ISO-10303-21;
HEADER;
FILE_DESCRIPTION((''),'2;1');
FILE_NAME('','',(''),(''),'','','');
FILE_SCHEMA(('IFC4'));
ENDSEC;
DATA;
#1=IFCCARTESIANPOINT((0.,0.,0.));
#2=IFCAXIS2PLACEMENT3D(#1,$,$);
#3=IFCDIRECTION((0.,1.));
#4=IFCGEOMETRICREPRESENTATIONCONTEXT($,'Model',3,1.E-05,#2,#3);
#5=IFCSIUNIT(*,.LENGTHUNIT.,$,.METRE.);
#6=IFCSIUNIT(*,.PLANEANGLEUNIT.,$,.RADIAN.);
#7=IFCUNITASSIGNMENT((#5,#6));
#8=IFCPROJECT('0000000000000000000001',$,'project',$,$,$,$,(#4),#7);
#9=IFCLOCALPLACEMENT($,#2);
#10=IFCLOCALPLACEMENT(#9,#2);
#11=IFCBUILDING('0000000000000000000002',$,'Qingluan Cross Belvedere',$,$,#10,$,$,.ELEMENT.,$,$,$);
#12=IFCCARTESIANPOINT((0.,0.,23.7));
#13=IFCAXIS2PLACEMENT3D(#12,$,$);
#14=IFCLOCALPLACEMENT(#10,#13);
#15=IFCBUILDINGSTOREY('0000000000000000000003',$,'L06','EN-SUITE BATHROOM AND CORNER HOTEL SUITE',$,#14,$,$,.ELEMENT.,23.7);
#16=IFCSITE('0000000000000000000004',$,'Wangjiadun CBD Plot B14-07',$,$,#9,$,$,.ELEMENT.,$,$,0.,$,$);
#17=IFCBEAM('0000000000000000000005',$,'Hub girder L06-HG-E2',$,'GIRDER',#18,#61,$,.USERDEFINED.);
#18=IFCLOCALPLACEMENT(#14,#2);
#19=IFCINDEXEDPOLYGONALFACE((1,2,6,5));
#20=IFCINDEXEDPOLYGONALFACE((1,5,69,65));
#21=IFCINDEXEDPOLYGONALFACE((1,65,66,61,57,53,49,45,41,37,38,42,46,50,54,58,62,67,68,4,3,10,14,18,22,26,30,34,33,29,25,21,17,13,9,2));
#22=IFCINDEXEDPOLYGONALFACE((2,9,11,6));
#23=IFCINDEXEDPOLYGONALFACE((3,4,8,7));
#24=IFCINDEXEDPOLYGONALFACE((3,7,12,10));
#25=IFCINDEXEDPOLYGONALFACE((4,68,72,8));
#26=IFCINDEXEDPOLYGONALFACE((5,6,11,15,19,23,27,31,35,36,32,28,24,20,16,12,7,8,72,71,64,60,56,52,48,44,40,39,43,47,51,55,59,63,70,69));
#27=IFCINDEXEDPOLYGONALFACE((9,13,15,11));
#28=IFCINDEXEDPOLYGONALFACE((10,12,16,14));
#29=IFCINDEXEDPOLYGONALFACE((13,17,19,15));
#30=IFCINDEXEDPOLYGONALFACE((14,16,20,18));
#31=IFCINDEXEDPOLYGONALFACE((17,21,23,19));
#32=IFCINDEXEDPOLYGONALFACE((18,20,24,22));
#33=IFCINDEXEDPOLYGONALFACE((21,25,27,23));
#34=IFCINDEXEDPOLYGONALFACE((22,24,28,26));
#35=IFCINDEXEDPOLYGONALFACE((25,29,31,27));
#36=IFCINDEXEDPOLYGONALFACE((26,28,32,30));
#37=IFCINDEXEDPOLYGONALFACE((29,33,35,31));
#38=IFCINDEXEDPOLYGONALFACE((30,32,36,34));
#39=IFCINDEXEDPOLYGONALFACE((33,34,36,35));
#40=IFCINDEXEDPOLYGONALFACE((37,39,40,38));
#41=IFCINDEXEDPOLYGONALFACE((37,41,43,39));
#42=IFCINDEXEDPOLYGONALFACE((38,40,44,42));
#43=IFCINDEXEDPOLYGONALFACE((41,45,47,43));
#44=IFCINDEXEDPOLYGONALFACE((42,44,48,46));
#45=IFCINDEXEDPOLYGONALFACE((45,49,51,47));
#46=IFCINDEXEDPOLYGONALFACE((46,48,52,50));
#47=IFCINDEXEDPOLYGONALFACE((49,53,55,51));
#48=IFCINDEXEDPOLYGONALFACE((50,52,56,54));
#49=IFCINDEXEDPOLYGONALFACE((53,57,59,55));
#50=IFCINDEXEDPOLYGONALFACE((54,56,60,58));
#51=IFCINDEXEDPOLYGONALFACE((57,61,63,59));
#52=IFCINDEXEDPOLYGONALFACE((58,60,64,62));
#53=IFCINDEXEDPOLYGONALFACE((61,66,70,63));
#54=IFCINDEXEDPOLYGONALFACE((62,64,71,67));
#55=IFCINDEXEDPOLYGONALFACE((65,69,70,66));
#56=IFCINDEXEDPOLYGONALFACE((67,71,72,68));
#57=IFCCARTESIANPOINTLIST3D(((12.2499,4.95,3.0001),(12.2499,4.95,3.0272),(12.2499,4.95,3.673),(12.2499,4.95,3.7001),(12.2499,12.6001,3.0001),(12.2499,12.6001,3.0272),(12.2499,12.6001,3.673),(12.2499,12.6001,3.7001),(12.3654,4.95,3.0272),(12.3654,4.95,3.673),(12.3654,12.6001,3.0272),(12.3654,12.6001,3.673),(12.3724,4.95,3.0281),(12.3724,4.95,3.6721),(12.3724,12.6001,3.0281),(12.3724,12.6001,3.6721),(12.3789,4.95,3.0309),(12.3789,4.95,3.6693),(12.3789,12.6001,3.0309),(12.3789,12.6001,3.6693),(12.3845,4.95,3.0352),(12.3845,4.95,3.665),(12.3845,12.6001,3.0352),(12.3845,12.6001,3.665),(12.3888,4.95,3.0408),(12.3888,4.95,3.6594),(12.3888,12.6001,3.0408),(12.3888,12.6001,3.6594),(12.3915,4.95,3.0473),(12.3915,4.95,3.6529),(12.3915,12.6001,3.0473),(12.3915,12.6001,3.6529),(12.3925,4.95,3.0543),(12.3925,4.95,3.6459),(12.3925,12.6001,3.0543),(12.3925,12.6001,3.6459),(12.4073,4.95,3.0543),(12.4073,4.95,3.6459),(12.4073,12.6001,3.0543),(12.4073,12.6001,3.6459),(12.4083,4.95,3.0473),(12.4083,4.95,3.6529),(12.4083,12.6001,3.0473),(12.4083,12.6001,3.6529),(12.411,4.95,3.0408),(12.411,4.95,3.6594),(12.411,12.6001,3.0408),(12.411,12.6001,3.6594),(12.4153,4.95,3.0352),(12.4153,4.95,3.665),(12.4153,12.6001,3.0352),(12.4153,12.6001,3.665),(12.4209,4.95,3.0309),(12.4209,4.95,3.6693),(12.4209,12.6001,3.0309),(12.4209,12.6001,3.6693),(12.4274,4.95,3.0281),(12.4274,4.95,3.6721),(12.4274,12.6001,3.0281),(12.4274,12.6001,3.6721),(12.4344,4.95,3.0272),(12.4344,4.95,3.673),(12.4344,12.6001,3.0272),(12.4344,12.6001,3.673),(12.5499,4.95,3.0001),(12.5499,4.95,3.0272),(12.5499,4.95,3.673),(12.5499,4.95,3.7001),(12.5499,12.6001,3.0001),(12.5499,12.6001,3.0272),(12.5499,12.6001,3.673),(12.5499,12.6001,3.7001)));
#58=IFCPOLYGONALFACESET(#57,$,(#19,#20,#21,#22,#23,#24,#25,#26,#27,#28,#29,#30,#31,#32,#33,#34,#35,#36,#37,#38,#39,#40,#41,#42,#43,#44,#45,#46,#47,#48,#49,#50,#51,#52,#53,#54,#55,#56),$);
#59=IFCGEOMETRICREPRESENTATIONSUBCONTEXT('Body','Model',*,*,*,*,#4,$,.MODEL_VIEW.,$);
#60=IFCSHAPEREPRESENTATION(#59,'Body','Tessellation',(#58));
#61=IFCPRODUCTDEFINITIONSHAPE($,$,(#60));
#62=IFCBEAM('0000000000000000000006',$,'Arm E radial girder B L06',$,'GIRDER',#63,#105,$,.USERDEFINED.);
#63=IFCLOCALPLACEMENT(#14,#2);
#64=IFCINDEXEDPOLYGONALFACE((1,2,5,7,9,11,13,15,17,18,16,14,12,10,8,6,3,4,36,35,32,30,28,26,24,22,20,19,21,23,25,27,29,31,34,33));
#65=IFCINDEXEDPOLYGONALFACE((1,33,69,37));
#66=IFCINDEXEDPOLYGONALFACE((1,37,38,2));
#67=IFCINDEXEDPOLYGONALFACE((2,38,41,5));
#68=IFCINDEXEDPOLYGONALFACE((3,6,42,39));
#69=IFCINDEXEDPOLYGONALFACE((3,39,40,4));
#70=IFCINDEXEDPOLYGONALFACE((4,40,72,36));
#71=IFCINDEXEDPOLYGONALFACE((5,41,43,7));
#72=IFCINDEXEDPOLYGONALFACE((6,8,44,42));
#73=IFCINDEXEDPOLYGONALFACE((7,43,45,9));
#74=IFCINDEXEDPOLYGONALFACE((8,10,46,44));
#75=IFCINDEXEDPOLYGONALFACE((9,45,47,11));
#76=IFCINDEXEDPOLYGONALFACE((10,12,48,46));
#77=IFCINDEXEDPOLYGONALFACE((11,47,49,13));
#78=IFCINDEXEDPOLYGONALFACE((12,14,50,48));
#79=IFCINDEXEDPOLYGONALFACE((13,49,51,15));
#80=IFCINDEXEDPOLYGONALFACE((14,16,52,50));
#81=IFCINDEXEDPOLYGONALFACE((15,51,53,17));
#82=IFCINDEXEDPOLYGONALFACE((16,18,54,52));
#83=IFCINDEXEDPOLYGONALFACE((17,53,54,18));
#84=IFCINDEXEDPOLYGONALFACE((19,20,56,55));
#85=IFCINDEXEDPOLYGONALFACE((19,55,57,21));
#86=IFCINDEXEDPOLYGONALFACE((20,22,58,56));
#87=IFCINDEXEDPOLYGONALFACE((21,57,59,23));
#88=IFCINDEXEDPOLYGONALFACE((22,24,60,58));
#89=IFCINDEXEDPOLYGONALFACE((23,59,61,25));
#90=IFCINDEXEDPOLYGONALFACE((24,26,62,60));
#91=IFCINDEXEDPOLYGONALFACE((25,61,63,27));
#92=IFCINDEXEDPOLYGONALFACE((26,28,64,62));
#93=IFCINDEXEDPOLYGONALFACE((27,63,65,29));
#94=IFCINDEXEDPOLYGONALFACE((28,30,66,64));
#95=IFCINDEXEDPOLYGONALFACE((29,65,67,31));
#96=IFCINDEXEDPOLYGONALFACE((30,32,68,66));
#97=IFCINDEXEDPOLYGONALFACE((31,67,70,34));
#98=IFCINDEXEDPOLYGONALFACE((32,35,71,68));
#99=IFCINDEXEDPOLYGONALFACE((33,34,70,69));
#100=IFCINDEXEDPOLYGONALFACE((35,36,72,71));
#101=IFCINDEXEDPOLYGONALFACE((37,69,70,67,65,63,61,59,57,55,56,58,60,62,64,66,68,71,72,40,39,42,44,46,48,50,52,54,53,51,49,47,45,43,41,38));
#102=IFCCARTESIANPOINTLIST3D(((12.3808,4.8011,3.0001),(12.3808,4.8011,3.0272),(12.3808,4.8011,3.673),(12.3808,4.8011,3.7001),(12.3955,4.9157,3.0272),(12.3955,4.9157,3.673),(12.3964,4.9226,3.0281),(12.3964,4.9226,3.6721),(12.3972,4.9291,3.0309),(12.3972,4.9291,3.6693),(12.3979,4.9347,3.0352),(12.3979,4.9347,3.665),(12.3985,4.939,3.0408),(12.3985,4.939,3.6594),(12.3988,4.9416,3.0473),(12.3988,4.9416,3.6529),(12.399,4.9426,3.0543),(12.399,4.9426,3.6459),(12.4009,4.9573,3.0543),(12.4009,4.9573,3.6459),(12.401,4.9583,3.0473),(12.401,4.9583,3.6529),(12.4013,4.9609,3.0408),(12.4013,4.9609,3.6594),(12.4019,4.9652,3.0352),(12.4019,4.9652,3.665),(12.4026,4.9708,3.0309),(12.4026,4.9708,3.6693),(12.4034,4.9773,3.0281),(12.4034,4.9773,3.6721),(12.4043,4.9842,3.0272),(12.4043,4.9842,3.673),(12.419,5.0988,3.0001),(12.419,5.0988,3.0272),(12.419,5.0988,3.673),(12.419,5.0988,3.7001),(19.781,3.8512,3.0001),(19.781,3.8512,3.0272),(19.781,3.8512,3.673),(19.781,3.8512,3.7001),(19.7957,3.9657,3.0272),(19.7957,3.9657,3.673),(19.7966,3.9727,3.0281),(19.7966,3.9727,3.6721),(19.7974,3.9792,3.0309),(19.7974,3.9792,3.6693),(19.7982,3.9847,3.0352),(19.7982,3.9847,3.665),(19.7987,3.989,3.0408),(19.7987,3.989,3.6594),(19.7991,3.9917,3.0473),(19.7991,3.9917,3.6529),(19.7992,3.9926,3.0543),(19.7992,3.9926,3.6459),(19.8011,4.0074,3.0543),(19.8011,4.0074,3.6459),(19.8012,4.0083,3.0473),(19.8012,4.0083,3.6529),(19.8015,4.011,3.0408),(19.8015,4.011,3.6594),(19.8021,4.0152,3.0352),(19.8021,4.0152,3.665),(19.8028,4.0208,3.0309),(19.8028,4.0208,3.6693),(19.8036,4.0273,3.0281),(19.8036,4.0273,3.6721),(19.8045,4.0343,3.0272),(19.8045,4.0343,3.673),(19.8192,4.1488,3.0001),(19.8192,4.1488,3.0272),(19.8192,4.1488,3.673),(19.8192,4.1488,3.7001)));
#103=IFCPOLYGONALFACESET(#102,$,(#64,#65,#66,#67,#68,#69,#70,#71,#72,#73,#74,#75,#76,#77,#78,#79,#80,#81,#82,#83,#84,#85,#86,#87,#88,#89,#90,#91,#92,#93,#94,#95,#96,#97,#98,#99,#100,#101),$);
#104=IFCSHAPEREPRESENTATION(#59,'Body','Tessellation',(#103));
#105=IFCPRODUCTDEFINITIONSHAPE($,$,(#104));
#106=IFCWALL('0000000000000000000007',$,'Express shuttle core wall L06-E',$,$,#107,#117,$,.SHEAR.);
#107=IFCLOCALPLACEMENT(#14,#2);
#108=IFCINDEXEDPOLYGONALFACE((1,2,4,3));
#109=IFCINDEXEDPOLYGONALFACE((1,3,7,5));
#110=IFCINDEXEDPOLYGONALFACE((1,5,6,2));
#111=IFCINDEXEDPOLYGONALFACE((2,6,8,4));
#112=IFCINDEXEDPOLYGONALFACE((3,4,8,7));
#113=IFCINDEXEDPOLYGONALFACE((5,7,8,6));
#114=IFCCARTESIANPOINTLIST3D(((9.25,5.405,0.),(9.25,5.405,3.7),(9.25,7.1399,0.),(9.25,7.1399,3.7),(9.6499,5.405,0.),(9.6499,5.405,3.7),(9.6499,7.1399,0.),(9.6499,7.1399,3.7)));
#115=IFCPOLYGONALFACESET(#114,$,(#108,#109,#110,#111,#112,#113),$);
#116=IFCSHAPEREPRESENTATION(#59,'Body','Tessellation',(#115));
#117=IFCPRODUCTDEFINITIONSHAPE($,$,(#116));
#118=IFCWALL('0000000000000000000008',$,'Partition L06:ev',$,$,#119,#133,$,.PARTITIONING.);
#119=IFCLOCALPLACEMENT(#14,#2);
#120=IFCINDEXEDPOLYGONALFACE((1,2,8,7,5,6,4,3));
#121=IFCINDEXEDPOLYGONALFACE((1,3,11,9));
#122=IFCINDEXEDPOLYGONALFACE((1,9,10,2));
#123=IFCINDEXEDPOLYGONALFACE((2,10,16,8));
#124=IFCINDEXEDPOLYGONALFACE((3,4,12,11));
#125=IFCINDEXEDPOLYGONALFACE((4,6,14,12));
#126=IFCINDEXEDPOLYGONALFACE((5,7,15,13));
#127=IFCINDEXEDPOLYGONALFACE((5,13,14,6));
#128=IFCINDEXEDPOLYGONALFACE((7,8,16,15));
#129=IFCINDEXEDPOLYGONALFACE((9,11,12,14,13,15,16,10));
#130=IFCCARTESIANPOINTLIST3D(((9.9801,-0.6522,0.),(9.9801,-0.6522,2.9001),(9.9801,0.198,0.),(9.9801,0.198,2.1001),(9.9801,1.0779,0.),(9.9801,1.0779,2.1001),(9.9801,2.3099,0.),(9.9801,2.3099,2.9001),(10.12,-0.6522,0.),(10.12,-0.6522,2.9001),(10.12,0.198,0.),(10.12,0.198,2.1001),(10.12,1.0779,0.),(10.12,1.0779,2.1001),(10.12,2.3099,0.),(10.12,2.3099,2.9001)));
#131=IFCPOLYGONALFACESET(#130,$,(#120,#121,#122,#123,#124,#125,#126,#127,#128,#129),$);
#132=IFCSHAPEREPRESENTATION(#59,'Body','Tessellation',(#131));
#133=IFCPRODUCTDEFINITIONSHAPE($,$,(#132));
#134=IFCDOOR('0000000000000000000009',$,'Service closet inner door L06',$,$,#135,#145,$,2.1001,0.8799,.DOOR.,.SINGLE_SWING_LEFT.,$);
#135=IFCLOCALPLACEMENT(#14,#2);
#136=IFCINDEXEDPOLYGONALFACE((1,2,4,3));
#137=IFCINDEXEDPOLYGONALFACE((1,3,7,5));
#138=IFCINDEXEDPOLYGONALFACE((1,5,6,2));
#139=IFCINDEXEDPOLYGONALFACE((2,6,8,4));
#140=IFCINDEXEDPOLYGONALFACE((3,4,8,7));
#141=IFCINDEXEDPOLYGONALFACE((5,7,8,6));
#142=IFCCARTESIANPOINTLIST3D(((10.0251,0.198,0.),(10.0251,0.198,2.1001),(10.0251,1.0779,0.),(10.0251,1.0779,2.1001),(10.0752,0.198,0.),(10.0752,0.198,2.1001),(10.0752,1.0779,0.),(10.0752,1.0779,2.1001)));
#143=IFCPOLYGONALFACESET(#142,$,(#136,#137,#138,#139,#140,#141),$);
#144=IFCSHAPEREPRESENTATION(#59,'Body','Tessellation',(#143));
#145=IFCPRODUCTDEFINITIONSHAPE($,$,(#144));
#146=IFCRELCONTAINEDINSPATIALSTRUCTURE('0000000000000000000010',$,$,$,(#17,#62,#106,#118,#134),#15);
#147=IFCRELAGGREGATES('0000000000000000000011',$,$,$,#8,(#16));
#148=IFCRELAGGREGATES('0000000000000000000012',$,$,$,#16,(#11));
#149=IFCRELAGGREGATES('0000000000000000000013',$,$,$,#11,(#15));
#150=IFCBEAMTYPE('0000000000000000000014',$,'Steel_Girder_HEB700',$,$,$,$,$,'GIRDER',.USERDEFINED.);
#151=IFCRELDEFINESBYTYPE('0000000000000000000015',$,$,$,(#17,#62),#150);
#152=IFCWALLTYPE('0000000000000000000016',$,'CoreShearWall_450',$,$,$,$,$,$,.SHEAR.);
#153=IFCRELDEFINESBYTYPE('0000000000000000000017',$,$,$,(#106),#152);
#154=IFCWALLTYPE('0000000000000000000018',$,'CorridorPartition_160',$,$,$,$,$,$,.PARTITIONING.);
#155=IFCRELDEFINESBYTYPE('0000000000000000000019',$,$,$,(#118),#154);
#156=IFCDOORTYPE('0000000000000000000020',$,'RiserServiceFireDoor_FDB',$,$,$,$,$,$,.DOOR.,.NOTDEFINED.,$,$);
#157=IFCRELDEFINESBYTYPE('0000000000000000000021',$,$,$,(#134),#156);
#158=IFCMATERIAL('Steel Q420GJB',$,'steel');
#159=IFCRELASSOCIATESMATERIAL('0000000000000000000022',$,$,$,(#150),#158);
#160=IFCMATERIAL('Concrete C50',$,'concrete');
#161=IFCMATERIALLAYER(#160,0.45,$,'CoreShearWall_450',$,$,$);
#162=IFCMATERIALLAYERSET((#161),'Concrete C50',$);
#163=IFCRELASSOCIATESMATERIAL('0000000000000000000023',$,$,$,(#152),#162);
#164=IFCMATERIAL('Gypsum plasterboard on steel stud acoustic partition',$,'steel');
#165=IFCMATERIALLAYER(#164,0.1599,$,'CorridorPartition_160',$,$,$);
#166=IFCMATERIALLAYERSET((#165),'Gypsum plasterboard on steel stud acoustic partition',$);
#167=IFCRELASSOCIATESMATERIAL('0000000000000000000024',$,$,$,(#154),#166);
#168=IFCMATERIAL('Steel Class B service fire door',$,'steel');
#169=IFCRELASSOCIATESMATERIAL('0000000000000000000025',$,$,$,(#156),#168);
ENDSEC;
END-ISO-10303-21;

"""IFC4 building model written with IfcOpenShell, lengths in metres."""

from ifc_helpers import new_model, si_unit, direction, frame, frame_2d, origin, origin_2d, place, context, subcontext, project, spatial, rectangle, i_section, extrude, material, layer, layer_set, material_profile, profile_set, type_object, element, fill, save


model = new_model("IFC4")

# Units and contexts
model_context = context("Model", 3, precision=1e-05, world=origin(), true_north=direction((0.0, 1.0)))
body_context = subcontext(model_context, "Body", "Model", "MODEL_VIEW")
ifc_project = project(units=[si_unit("LENGTHUNIT", "METRE"), si_unit("PLANEANGLEUNIT", "RADIAN")], contexts=[model_context])

# Site, building, storey
site_placement = place(None, origin())
site = spatial("IfcSite", under=ifc_project, at=site_placement, Name="Wangjiadun CBD Plot B14-07", CompositionType="ELEMENT", RefElevation=0.0)
building_placement = place(site_placement, origin())
building = spatial("IfcBuilding", under=site, at=building_placement, Name="Qingluan Cross Belvedere", CompositionType="ELEMENT")
storey_placement = place(building_placement, frame((0.0, 0.0, 23.7)))
storey = spatial("IfcBuildingStorey", under=building, at=storey_placement, Name="L06", Description="EN-SUITE BATHROOM AND CORNER HOTEL SUITE", CompositionType="ELEMENT", Elevation=23.7)

# Beams
ifc_material_1 = material(Name="Steel Q420GJB", Category="steel")
ifc_material_profile = material_profile(ifc_material_1, i_section(OverallWidth=0.3, OverallDepth=0.7, WebThickness=0.0149, FlangeThickness=0.0271, FilletRadius=0.0271, at=origin_2d()), Name="HEB700")
ifc_profile_set = profile_set([ifc_material_profile], Name="Steel Q420GJB")
beam_type = type_object("IfcBeamType", Name="Steel_Girder_HEB700", ElementType="GIRDER", PredefinedType="USERDEFINED", material=ifc_profile_set)
beam_1_placement = place(storey_placement, frame((12.3999, 4.95, 3.3501), z_axis=(0.0, 1.0, 0.0), x_axis=(-1.0, 0.0, 0.0)))
element("IfcBeam", 1, at=beam_1_placement, inside=storey, type_object=beam_type, Name="Hub girder L06-HG-E2", ObjectType="GIRDER", PredefinedType="USERDEFINED", context=body_context, shape_type="SweptSolid", body=[
    extrude(i_section(OverallWidth=0.3, OverallDepth=0.7, WebThickness=0.0149, FlangeThickness=0.0271, FilletRadius=0.0271, at=origin_2d()), origin(), (0.0, 0.0, 1.0), 7.6501),
])
beam_2_placement = place(storey_placement, frame((12.3999, 4.95, 3.3501), z_axis=(0.991861, -0.127324, 0.0), x_axis=(0.127324, 0.991861, 0.0)))
element("IfcBeam", 2, at=beam_2_placement, inside=storey, type_object=beam_type, Name="Arm E radial girder B L06", ObjectType="GIRDER", PredefinedType="USERDEFINED", context=body_context, shape_type="SweptSolid", body=[
    extrude(i_section(OverallWidth=0.3, OverallDepth=0.7, WebThickness=0.0149, FlangeThickness=0.0271, FilletRadius=0.0271, at=origin_2d()), origin(), (0.0, 0.0, 1.0), 7.4609),
])

# Wall
ifc_material_2 = material(Name="Concrete C50", Category="concrete")
ifc_layer_1 = layer(ifc_material_2, 0.45, Name="CoreShearWall_450")
ifc_layer_set_1 = layer_set([ifc_layer_1], Name="Concrete C50")
wall_type_1 = type_object("IfcWallType", Name="CoreShearWall_450", PredefinedType="SHEAR", material=ifc_layer_set_1)
wall_1_placement = place(storey_placement, frame((9.45, 5.405, 0.0), z_axis=(0.0, 0.0, 1.0), x_axis=(0.0, 1.0, 0.0)))
element("IfcWall", 3, at=wall_1_placement, inside=storey, type_object=wall_type_1, Name="Express shuttle core wall L06-E", PredefinedType="SHEAR", context=body_context, shape_type="SweptSolid", body=[
    extrude(rectangle(XDim=1.7349, YDim=0.3999, at=frame_2d((0.8674, 0.0))), origin(), (0.0, 0.0, 1.0), 3.7),
])

# Wall, opening, door
ifc_material_3 = material(Name="Gypsum plasterboard on steel stud acoustic partition", Category="steel")
ifc_layer_2 = layer(ifc_material_3, 0.1599, Name="CorridorPartition_160")
ifc_layer_set_2 = layer_set([ifc_layer_2], Name="Gypsum plasterboard on steel stud acoustic partition")
wall_type_2 = type_object("IfcWallType", Name="CorridorPartition_160", PredefinedType="PARTITIONING", material=ifc_layer_set_2)
wall_2_placement = place(storey_placement, frame((10.05, -0.6521, 0.0), z_axis=(0.0, 0.0, 1.0), x_axis=(0.0, 1.0, 0.0)))
wall_2 = element("IfcWall", 4, at=wall_2_placement, inside=storey, type_object=wall_type_2, Name="Partition L06:ev", PredefinedType="PARTITIONING", context=body_context, shape_type="SweptSolid", body=[
    extrude(rectangle(XDim=2.9622, YDim=0.1399, at=frame_2d((1.481, 0.0))), origin(), (0.0, 0.0, 1.0), 2.9001),
])
opening_1_placement = place(wall_2_placement, frame((0.8501, 0.0, 0.0)))
opening_1 = element("IfcOpeningElement", 5, at=opening_1_placement, cuts=wall_2, PredefinedType="OPENING", context=body_context, shape_type="SweptSolid", body=[
    extrude(rectangle(XDim=0.8799, YDim=2.1001, at=frame_2d((0.4399, 1.05))), frame((0.0, 0.0798, 0.0), z_axis=(0.0, -1.0, 0.0), x_axis=(1.0, 0.0, 0.0)), (0.0, 0.0, 1.0), 0.1599),
])
ifc_material_4 = material(Name="Steel Class B service fire door", Category="steel")
door_type_1 = type_object("IfcDoorType", Name="RiserServiceFireDoor_FDB", OperationType="NOTDEFINED", PredefinedType="DOOR", material=ifc_material_4)
door_1_placement = place(opening_1_placement, origin())
door_1 = element("IfcDoor", 6, at=door_1_placement, inside=storey, type_object=door_type_1, Name="Service closet inner door L06", OperationType="SINGLE_SWING_LEFT", OverallHeight=2.1001, OverallWidth=0.8799, PredefinedType="DOOR", context=body_context, shape_type="SweptSolid", body=[
    extrude(rectangle(XDim=0.8799, YDim=2.1001, at=frame_2d((0.4399, 1.05))), frame((0.0, 0.0249, 0.0), z_axis=(0.0, -1.0, 0.0), x_axis=(1.0, 0.0, 0.0)), (0.0, 0.0, 1.0), 0.05),
])
fill(opening_1, door_1)

save(model, "model.ifc")
